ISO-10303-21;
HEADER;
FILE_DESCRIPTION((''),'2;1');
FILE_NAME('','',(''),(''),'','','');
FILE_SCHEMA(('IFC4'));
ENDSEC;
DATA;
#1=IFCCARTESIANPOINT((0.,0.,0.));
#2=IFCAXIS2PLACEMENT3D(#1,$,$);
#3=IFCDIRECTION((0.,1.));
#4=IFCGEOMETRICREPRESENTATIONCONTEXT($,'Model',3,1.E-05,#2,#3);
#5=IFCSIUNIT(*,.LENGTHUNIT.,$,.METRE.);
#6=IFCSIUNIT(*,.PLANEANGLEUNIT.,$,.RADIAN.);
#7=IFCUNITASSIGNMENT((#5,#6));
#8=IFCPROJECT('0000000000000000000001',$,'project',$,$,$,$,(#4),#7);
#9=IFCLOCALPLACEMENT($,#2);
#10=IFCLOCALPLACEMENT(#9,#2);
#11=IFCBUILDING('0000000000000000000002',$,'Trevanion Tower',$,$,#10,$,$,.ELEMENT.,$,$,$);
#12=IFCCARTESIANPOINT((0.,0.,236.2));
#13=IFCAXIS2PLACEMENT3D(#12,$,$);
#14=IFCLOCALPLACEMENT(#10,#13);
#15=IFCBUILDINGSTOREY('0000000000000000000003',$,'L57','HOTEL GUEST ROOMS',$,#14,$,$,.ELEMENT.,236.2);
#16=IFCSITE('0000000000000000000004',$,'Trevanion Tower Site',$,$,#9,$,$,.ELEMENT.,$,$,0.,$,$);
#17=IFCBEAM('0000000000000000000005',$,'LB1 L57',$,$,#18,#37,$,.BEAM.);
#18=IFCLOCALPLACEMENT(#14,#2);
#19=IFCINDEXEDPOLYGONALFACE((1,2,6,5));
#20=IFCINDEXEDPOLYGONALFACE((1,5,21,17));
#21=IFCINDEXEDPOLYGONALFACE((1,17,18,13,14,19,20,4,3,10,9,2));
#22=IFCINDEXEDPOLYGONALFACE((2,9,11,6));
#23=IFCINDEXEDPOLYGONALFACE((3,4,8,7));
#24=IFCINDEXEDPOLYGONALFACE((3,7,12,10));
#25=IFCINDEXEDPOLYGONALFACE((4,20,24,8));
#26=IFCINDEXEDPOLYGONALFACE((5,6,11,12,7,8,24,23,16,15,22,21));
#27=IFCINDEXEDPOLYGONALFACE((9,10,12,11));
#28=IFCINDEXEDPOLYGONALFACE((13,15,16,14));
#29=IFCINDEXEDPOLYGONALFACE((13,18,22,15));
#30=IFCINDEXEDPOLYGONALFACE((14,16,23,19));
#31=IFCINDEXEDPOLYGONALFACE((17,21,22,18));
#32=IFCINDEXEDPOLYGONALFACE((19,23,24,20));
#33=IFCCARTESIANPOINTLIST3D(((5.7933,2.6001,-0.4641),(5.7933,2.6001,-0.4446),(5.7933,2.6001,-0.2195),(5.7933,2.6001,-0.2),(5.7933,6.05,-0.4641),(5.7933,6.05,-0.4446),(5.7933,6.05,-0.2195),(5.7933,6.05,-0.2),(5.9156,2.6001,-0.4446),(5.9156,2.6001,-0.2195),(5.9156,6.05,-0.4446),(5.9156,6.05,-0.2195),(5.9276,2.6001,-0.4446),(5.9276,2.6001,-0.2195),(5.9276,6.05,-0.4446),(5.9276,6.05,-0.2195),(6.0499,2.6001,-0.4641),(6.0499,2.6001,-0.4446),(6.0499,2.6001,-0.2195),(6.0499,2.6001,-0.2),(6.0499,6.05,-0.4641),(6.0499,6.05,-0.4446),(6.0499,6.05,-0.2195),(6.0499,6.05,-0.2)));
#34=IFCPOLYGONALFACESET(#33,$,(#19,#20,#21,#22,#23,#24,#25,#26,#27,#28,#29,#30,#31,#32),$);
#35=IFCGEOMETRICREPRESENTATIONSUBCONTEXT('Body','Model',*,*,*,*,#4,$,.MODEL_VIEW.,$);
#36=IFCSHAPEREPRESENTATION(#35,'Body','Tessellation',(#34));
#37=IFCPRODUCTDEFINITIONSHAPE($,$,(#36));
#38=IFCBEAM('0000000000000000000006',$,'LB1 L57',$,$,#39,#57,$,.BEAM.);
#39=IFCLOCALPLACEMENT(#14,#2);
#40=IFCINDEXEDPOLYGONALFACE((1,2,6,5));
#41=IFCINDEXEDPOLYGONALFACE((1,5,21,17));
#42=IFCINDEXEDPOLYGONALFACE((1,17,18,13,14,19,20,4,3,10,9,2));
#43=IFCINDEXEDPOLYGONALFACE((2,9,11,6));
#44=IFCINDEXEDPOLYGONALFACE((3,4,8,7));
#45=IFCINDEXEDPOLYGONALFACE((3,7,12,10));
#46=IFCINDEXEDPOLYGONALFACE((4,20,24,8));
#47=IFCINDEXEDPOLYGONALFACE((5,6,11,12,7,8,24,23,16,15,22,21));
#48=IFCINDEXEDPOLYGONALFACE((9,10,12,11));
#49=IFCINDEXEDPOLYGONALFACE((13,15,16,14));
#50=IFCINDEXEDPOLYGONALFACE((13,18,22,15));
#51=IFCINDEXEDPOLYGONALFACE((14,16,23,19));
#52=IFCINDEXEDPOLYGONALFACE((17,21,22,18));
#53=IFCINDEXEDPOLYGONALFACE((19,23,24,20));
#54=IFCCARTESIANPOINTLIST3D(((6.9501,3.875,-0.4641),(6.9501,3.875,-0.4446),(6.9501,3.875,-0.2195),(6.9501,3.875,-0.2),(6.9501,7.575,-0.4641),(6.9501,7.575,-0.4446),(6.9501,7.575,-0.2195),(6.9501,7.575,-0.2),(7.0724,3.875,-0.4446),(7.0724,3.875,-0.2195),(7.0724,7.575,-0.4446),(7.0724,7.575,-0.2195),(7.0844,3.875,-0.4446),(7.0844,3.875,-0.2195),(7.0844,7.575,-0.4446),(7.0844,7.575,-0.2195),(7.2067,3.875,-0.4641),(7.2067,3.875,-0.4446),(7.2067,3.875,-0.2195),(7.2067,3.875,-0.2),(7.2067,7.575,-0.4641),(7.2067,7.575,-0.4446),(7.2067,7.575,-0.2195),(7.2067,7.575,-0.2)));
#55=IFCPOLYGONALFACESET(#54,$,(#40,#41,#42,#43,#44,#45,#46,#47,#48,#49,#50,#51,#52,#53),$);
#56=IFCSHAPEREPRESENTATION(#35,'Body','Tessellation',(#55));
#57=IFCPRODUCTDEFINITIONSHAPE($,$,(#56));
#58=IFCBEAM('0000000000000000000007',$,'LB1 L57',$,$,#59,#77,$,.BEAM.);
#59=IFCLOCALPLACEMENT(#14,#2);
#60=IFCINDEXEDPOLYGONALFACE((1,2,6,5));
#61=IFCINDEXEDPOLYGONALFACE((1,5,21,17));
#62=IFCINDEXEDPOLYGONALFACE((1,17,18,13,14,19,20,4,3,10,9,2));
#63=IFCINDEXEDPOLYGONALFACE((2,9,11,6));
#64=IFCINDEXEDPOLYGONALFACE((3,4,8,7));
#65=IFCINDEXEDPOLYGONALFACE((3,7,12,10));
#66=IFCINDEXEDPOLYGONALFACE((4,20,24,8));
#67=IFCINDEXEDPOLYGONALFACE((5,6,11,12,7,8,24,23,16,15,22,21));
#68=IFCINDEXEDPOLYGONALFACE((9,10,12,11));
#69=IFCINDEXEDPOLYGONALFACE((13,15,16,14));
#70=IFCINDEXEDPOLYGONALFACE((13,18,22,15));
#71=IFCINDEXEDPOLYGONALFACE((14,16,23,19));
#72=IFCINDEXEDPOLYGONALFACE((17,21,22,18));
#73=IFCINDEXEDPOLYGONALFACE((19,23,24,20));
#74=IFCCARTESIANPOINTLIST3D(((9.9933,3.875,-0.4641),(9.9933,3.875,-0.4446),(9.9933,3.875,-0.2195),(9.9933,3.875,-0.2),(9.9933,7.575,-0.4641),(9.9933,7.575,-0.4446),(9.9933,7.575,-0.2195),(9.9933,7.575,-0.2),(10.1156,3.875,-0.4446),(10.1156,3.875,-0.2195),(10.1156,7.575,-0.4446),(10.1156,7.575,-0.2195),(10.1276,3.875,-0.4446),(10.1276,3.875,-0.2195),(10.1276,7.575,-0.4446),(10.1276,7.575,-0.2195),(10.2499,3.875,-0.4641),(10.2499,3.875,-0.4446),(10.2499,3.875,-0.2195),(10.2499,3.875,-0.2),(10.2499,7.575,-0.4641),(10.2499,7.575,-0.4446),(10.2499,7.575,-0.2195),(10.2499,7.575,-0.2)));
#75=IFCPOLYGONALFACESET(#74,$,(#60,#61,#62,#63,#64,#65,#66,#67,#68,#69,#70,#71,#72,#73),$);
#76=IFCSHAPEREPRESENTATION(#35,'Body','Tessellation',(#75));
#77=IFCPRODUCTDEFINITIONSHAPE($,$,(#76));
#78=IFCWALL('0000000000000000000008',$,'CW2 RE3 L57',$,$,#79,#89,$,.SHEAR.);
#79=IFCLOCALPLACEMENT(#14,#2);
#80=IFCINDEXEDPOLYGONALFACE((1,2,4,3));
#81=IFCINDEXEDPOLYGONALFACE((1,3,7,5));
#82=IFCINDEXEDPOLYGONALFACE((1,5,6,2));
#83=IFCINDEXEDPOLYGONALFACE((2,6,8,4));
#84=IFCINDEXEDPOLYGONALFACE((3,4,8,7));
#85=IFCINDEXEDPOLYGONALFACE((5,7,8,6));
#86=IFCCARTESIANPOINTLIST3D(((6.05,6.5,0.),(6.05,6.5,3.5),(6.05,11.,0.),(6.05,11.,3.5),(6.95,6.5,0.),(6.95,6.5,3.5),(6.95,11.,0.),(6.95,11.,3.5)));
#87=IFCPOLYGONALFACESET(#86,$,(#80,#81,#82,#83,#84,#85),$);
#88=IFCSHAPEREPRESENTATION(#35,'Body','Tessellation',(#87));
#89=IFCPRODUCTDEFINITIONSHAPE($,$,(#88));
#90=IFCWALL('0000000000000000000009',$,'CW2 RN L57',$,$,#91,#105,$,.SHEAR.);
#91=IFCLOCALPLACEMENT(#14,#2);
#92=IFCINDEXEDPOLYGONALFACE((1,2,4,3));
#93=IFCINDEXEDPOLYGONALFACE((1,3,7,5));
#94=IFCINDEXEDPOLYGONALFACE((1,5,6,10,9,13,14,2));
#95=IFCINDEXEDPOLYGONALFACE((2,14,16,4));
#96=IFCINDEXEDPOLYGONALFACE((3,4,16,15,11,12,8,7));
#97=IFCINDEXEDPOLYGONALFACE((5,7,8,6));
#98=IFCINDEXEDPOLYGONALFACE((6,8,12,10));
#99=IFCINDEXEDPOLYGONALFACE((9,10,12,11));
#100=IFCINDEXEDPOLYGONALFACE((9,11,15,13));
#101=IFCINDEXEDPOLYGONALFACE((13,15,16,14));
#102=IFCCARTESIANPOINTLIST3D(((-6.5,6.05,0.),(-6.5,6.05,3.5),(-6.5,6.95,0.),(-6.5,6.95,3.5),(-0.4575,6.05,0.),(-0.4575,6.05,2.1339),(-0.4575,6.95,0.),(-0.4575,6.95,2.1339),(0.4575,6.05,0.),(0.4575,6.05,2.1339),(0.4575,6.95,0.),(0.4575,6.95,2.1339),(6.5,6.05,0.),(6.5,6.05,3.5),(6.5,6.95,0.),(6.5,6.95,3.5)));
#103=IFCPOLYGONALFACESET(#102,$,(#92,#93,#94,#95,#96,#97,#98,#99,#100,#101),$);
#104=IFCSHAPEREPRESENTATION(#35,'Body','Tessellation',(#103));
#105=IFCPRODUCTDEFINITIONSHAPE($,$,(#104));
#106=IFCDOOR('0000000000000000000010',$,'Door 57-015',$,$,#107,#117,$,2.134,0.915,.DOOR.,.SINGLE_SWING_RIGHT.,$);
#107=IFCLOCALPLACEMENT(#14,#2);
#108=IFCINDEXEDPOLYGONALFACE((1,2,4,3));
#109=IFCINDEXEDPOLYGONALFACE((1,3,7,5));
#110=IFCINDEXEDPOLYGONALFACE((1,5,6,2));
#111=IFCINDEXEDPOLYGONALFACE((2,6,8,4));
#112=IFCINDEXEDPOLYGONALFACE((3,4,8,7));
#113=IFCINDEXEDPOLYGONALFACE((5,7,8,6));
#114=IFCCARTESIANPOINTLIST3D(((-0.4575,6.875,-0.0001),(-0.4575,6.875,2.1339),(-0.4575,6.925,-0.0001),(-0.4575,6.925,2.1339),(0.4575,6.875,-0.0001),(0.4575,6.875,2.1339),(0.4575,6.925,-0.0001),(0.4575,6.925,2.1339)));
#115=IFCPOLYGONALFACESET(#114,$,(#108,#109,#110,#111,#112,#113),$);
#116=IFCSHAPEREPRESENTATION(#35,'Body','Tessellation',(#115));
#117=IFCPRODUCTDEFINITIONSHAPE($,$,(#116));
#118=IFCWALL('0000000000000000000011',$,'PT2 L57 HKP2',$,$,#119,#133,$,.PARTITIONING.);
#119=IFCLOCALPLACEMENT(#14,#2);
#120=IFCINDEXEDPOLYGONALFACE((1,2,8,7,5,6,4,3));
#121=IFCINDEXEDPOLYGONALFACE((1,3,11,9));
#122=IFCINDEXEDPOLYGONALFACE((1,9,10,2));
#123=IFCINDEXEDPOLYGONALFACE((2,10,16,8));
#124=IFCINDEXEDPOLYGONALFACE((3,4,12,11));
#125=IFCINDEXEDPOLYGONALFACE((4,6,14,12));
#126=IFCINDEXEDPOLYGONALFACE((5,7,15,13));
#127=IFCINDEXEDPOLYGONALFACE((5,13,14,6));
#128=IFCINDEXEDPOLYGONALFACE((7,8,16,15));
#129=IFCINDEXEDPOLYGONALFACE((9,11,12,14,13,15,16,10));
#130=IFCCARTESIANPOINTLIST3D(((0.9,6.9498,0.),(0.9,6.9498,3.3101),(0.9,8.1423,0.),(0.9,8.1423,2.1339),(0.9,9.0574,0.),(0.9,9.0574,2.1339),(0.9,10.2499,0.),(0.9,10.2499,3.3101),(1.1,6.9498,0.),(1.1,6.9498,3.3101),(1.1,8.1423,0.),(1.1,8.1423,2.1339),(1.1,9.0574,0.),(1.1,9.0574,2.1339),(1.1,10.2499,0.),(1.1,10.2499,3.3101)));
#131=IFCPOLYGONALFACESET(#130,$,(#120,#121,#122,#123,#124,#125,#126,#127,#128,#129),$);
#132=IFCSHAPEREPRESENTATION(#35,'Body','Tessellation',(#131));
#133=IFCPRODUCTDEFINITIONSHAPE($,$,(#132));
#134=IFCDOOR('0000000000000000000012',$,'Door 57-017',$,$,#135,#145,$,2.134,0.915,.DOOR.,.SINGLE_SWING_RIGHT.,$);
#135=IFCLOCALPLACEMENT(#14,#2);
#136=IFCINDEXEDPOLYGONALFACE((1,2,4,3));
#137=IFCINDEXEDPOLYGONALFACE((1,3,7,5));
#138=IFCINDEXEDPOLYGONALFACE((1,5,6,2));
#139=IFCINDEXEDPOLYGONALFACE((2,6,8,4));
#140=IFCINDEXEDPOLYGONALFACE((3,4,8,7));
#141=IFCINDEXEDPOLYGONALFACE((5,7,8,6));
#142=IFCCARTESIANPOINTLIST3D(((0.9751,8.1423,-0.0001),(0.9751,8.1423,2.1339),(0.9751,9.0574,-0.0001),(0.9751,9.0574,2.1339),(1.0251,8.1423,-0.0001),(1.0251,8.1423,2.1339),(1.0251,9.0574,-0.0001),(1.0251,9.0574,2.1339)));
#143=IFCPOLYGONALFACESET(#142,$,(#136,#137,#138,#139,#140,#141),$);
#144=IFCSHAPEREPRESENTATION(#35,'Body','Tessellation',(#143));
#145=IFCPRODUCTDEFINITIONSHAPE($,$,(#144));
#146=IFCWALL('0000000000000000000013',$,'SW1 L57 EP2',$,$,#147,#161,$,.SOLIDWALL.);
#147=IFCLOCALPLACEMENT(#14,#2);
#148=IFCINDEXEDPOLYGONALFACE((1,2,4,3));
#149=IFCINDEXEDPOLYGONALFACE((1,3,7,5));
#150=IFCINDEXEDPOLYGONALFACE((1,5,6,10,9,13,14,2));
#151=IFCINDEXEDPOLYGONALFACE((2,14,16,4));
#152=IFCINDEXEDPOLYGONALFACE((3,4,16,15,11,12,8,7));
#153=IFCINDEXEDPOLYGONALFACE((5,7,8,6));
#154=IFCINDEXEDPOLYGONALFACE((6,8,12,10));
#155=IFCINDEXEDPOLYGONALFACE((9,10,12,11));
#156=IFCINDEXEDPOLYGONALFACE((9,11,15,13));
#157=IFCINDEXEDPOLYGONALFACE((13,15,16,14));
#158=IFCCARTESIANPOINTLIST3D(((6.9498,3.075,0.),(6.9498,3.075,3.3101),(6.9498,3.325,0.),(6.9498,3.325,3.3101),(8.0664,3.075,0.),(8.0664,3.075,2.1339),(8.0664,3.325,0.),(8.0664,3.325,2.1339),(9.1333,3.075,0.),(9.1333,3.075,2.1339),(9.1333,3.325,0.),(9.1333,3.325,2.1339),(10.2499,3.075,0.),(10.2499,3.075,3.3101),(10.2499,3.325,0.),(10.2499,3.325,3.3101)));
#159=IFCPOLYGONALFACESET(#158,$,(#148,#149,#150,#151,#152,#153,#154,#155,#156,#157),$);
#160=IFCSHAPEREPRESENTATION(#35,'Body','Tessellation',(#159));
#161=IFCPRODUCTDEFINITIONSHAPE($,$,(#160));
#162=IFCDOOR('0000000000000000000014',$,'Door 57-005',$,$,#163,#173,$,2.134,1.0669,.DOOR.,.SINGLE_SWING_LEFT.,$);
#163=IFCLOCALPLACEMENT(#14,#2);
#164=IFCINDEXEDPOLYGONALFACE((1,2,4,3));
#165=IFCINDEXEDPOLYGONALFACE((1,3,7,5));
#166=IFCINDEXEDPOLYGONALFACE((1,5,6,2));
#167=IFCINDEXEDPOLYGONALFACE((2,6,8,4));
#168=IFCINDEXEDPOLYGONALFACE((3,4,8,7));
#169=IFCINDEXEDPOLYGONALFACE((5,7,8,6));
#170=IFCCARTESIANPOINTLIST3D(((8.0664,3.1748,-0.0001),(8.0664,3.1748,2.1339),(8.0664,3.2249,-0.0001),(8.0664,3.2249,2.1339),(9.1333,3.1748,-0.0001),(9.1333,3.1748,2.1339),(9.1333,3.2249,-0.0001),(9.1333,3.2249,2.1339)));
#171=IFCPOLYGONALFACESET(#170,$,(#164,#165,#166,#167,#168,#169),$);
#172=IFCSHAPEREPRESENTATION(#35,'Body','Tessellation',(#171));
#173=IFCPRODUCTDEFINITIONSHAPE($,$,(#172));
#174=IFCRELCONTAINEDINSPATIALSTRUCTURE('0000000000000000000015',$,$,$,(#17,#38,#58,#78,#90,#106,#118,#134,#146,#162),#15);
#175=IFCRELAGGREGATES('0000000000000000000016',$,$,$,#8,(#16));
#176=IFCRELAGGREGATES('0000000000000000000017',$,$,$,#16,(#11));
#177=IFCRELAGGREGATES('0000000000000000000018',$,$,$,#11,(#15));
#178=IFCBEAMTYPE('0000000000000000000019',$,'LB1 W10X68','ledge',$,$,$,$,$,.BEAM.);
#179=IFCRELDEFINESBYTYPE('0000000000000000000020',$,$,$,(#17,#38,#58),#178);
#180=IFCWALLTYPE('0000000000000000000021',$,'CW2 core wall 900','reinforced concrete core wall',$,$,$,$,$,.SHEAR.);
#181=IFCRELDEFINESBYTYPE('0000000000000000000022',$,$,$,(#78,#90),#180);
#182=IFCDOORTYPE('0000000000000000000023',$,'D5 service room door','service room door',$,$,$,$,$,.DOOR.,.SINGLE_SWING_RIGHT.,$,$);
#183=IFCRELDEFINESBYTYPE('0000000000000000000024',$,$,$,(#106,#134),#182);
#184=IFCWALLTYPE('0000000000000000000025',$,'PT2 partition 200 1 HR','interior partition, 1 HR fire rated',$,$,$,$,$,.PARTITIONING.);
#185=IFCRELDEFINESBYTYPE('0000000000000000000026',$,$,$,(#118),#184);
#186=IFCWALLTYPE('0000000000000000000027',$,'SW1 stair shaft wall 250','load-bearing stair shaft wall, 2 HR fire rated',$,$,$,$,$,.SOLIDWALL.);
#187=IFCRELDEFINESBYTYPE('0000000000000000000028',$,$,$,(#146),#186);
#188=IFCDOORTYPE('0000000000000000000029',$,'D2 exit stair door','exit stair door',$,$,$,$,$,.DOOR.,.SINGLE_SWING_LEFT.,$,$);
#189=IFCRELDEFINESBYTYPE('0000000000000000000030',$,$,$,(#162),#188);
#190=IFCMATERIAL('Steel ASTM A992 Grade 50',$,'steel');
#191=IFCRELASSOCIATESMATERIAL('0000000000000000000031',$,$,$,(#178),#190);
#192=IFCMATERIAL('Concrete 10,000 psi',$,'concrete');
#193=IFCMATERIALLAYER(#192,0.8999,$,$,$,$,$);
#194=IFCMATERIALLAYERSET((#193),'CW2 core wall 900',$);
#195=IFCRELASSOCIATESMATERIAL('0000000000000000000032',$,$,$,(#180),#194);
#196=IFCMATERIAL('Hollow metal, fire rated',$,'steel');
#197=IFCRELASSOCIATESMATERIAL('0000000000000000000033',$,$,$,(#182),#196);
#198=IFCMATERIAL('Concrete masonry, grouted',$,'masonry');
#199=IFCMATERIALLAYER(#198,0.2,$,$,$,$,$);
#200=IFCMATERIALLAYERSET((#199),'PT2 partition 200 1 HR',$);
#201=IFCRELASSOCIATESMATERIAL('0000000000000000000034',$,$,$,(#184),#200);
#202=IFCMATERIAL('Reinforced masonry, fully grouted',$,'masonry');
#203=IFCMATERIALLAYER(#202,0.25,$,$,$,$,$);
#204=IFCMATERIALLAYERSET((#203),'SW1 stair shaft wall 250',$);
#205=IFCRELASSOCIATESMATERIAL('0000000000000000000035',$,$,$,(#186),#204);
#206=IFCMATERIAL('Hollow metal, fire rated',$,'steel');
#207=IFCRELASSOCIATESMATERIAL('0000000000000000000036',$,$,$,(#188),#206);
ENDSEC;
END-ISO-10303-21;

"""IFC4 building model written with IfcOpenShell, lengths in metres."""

from ifc_helpers import new_model, si_unit, direction, frame, frame_2d, origin, origin_2d, place, context, subcontext, project, spatial, rectangle, i_section, extrude, material, layer, layer_set, material_profile, profile_set, type_object, element, fill, save


model = new_model("IFC4")

# Units and contexts
model_context = context("Model", 3, precision=1e-05, world=origin(), true_north=direction((0.0, 1.0)))
body_context = subcontext(model_context, "Body", "Model", "MODEL_VIEW")
ifc_project = project(units=[si_unit("LENGTHUNIT", "METRE"), si_unit("PLANEANGLEUNIT", "RADIAN")], contexts=[model_context])

# Site, building, storey
site_placement = place(None, origin())
site = spatial("IfcSite", under=ifc_project, at=site_placement, Name="Trevanion Tower Site", CompositionType="ELEMENT", RefElevation=0.0)
building_placement = place(site_placement, origin())
building = spatial("IfcBuilding", under=site, at=building_placement, Name="Trevanion Tower", CompositionType="ELEMENT")
storey_placement = place(building_placement, frame((0.0, 0.0, 236.2)))
storey = spatial("IfcBuildingStorey", under=building, at=storey_placement, Name="L57", Description="HOTEL GUEST ROOMS", CompositionType="ELEMENT", Elevation=236.2)

# Beams
ifc_material_1 = material(Name="Steel ASTM A992 Grade 50", Category="steel")
ifc_material_profile = material_profile(ifc_material_1, i_section(OverallWidth=0.2566, OverallDepth=0.2642, WebThickness=0.012, FlangeThickness=0.0195, at=origin_2d()), Name="W10X68")
ifc_profile_set = profile_set([ifc_material_profile], Name="Steel ASTM A992 Grade 50")
beam_type = type_object("IfcBeamType", Name="LB1 W10X68", Description="ledge", PredefinedType="BEAM", material=ifc_profile_set)
beam_placement = place(storey_placement, frame((5.9216, 2.6001, -0.332), z_axis=(0.0, 1.0, 0.0), x_axis=(-1.0, 0.0, 0.0)))
element("IfcBeam", 1, at=beam_placement, inside=storey, type_object=beam_type, Name="LB1 L57", PredefinedType="BEAM", context=body_context, shape_type="SweptSolid", body=[
    extrude(i_section(OverallWidth=0.2566, OverallDepth=0.2642, WebThickness=0.012, FlangeThickness=0.0195, at=origin_2d()), origin(), (0.0, 0.0, 1.0), 3.45),
])
for number, where, z_axis, x_axis, name in (
    (2, (7.0784, 3.875, -0.332), (0.0, 1.0, 0.0), (-1.0, 0.0, 0.0), "LB1 L57"),
    (3, (10.1216, 3.875, -0.332), (0.0, 1.0, 0.0), (-1.0, 0.0, 0.0), "LB1 L57"),
):
    element("IfcBeam", number, at=place(storey_placement, frame(where, z_axis=z_axis, x_axis=x_axis)), inside=storey, type_object=beam_type, Name=name, PredefinedType="BEAM", context=body_context, shape_type="SweptSolid", body=[
        extrude(i_section(OverallWidth=0.2566, OverallDepth=0.2642, WebThickness=0.012, FlangeThickness=0.0195, at=origin_2d()), origin(), (0.0, 0.0, 1.0), 3.7),
    ])

# Wall
ifc_material_2 = material(Name="Concrete 10,000 psi", Category="concrete")
ifc_layer_1 = layer(ifc_material_2, 0.8999)
ifc_layer_set_1 = layer_set([ifc_layer_1], Name="CW2 core wall 900")
wall_type_1 = type_object("IfcWallType", Name="CW2 core wall 900", Description="reinforced concrete core wall", PredefinedType="SHEAR", material=ifc_layer_set_1)
wall_1_placement = place(storey_placement, frame((6.5, 6.5, 0.0), z_axis=(0.0, 0.0, 1.0), x_axis=(0.0, 1.0, 0.0)))
element("IfcWall", 4, at=wall_1_placement, inside=storey, type_object=wall_type_1, Name="CW2 RE3 L57", PredefinedType="SHEAR", context=body_context, shape_type="SweptSolid", body=[
    extrude(rectangle(XDim=4.5, YDim=0.8999, at=frame_2d((2.25, 0.0))), origin(), (0.0, 0.0, 1.0), 3.5),
])

# Walls, openings, doors
wall_2_placement = place(storey_placement, frame((6.5, 6.5, 0.0), z_axis=(0.0, 0.0, 1.0), x_axis=(-1.0, 0.0, 0.0)))
wall_2 = element("IfcWall", 5, at=wall_2_placement, inside=storey, type_object=wall_type_1, Name="CW2 RN L57", PredefinedType="SHEAR", context=body_context, shape_type="SweptSolid", body=[
    extrude(rectangle(XDim=13.0, YDim=0.8999, at=frame_2d((6.5, 0.0))), origin(), (0.0, 0.0, 1.0), 3.5),
])
opening_1_placement = place(wall_2_placement, frame((6.0425, 0.0, 0.0)))
opening_1 = element("IfcOpeningElement", 6, at=opening_1_placement, cuts=wall_2, PredefinedType="OPENING", context=body_context, shape_type="SweptSolid", body=[
    extrude(rectangle(XDim=0.915, YDim=2.134, at=frame_2d((0.4575, 1.0669))), frame((0.0, 0.46, 0.0), z_axis=(0.0, -1.0, 0.0), x_axis=(1.0, 0.0, 0.0)), (0.0, 0.0, 1.0), 0.9199),
])
ifc_material_3 = material(Name="Hollow metal, fire rated", Category="steel")
door_type_1 = type_object("IfcDoorType", Name="D5 service room door", Description="service room door", OperationType="SINGLE_SWING_RIGHT", PredefinedType="DOOR", material=ifc_material_3)
door_1_placement = place(opening_1_placement, origin())
door_1 = element("IfcDoor", 7, at=door_1_placement, inside=storey, type_object=door_type_1, Name="Door 57-015", OperationType="SINGLE_SWING_RIGHT", OverallHeight=2.134, OverallWidth=0.915, PredefinedType="DOOR", context=body_context, shape_type="SweptSolid", body=[
    extrude(rectangle(XDim=0.915, YDim=2.134, at=frame_2d((0.4575, 1.0669))), frame((0.0, -0.375, 0.0), z_axis=(0.0, -1.0, 0.0), x_axis=(1.0, 0.0, 0.0)), (0.0, 0.0, 1.0), 0.05),
])
fill(opening_1, door_1)
ifc_material_4 = material(Name="Concrete masonry, grouted", Category="masonry")
ifc_layer_2 = layer(ifc_material_4, 0.2)
ifc_layer_set_2 = layer_set([ifc_layer_2], Name="PT2 partition 200 1 HR")
wall_type_2 = type_object("IfcWallType", Name="PT2 partition 200 1 HR", Description="interior partition, 1 HR fire rated", PredefinedType="PARTITIONING", material=ifc_layer_set_2)
wall_3_placement = place(storey_placement, frame((1.0, 6.95, 0.0), z_axis=(0.0, 0.0, 1.0), x_axis=(0.0, 1.0, 0.0)))
wall_3 = element("IfcWall", 8, at=wall_3_placement, inside=storey, type_object=wall_type_2, Name="PT2 L57 HKP2", PredefinedType="PARTITIONING", context=body_context, shape_type="SweptSolid", body=[
    extrude(rectangle(XDim=3.3, YDim=0.2, at=frame_2d((1.6499, 0.0))), origin(), (0.0, 0.0, 1.0), 3.3101),
])
opening_2_placement = place(wall_3_placement, frame((1.1924, 0.0, 0.0)))
opening_2 = element("IfcOpeningElement", 9, at=opening_2_placement, cuts=wall_3, PredefinedType="OPENING", context=body_context, shape_type="SweptSolid", body=[
    extrude(rectangle(XDim=0.915, YDim=2.134, at=frame_2d((0.4575, 1.0669))), frame((0.0, 0.1099, 0.0), z_axis=(0.0, -1.0, 0.0), x_axis=(1.0, 0.0, 0.0)), (0.0, 0.0, 1.0), 0.22),
])
door_2_placement = place(opening_2_placement, origin())
door_2 = element("IfcDoor", 10, at=door_2_placement, inside=storey, type_object=door_type_1, Name="Door 57-017", OperationType="SINGLE_SWING_RIGHT", OverallHeight=2.134, OverallWidth=0.915, PredefinedType="DOOR", context=body_context, shape_type="SweptSolid", body=[
    extrude(rectangle(XDim=0.915, YDim=2.134, at=frame_2d((0.4575, 1.0669))), frame((0.0, 0.0249, 0.0), z_axis=(0.0, -1.0, 0.0), x_axis=(1.0, 0.0, 0.0)), (0.0, 0.0, 1.0), 0.05),
])
fill(opening_2, door_2)
ifc_material_5 = material(Name="Reinforced masonry, fully grouted", Category="masonry")
ifc_layer_3 = layer(ifc_material_5, 0.25)
ifc_layer_set_3 = layer_set([ifc_layer_3], Name="SW1 stair shaft wall 250")
wall_type_3 = type_object("IfcWallType", Name="SW1 stair shaft wall 250", Description="load-bearing stair shaft wall, 2 HR fire rated", PredefinedType="SOLIDWALL", material=ifc_layer_set_3)
wall_4_placement = place(storey_placement, frame((6.95, 3.2, 0.0), z_axis=(0.0, 0.0, 1.0), x_axis=(1.0, 0.0, 0.0)))
wall_4 = element("IfcWall", 11, at=wall_4_placement, inside=storey, type_object=wall_type_3, Name="SW1 L57 EP2", PredefinedType="SOLIDWALL", context=body_context, shape_type="SweptSolid", body=[
    extrude(rectangle(XDim=3.3, YDim=0.25, at=frame_2d((1.6499, 0.0))), origin(), (0.0, 0.0, 1.0), 3.3101),
])
opening_3_placement = place(wall_4_placement, frame((1.1165, 0.0, 0.0)))
opening_3 = element("IfcOpeningElement", 12, at=opening_3_placement, cuts=wall_4, PredefinedType="OPENING", context=body_context, shape_type="SweptSolid", body=[
    extrude(rectangle(XDim=1.0669, YDim=2.134, at=frame_2d((0.5334, 1.0669))), frame((0.0, 0.135, 0.0), z_axis=(0.0, -1.0, 0.0), x_axis=(1.0, 0.0, 0.0)), (0.0, 0.0, 1.0), 0.27),
])
ifc_material_6 = material(Name="Hollow metal, fire rated", Category="steel")
door_type_2 = type_object("IfcDoorType", Name="D2 exit stair door", Description="exit stair door", OperationType="SINGLE_SWING_LEFT", PredefinedType="DOOR", material=ifc_material_6)
door_3_placement = place(opening_3_placement, origin())
door_3 = element("IfcDoor", 13, at=door_3_placement, inside=storey, type_object=door_type_2, Name="Door 57-005", OperationType="SINGLE_SWING_LEFT", OverallHeight=2.134, OverallWidth=1.0669, PredefinedType="DOOR", context=body_context, shape_type="SweptSolid", body=[
    extrude(rectangle(XDim=1.0669, YDim=2.134, at=frame_2d((0.5334, 1.0669))), frame((0.0, 0.0249, 0.0), z_axis=(0.0, -1.0, 0.0), x_axis=(1.0, 0.0, 0.0)), (0.0, 0.0, 1.0), 0.05),
])
fill(opening_3, door_3)

save(model, "model.ifc")
